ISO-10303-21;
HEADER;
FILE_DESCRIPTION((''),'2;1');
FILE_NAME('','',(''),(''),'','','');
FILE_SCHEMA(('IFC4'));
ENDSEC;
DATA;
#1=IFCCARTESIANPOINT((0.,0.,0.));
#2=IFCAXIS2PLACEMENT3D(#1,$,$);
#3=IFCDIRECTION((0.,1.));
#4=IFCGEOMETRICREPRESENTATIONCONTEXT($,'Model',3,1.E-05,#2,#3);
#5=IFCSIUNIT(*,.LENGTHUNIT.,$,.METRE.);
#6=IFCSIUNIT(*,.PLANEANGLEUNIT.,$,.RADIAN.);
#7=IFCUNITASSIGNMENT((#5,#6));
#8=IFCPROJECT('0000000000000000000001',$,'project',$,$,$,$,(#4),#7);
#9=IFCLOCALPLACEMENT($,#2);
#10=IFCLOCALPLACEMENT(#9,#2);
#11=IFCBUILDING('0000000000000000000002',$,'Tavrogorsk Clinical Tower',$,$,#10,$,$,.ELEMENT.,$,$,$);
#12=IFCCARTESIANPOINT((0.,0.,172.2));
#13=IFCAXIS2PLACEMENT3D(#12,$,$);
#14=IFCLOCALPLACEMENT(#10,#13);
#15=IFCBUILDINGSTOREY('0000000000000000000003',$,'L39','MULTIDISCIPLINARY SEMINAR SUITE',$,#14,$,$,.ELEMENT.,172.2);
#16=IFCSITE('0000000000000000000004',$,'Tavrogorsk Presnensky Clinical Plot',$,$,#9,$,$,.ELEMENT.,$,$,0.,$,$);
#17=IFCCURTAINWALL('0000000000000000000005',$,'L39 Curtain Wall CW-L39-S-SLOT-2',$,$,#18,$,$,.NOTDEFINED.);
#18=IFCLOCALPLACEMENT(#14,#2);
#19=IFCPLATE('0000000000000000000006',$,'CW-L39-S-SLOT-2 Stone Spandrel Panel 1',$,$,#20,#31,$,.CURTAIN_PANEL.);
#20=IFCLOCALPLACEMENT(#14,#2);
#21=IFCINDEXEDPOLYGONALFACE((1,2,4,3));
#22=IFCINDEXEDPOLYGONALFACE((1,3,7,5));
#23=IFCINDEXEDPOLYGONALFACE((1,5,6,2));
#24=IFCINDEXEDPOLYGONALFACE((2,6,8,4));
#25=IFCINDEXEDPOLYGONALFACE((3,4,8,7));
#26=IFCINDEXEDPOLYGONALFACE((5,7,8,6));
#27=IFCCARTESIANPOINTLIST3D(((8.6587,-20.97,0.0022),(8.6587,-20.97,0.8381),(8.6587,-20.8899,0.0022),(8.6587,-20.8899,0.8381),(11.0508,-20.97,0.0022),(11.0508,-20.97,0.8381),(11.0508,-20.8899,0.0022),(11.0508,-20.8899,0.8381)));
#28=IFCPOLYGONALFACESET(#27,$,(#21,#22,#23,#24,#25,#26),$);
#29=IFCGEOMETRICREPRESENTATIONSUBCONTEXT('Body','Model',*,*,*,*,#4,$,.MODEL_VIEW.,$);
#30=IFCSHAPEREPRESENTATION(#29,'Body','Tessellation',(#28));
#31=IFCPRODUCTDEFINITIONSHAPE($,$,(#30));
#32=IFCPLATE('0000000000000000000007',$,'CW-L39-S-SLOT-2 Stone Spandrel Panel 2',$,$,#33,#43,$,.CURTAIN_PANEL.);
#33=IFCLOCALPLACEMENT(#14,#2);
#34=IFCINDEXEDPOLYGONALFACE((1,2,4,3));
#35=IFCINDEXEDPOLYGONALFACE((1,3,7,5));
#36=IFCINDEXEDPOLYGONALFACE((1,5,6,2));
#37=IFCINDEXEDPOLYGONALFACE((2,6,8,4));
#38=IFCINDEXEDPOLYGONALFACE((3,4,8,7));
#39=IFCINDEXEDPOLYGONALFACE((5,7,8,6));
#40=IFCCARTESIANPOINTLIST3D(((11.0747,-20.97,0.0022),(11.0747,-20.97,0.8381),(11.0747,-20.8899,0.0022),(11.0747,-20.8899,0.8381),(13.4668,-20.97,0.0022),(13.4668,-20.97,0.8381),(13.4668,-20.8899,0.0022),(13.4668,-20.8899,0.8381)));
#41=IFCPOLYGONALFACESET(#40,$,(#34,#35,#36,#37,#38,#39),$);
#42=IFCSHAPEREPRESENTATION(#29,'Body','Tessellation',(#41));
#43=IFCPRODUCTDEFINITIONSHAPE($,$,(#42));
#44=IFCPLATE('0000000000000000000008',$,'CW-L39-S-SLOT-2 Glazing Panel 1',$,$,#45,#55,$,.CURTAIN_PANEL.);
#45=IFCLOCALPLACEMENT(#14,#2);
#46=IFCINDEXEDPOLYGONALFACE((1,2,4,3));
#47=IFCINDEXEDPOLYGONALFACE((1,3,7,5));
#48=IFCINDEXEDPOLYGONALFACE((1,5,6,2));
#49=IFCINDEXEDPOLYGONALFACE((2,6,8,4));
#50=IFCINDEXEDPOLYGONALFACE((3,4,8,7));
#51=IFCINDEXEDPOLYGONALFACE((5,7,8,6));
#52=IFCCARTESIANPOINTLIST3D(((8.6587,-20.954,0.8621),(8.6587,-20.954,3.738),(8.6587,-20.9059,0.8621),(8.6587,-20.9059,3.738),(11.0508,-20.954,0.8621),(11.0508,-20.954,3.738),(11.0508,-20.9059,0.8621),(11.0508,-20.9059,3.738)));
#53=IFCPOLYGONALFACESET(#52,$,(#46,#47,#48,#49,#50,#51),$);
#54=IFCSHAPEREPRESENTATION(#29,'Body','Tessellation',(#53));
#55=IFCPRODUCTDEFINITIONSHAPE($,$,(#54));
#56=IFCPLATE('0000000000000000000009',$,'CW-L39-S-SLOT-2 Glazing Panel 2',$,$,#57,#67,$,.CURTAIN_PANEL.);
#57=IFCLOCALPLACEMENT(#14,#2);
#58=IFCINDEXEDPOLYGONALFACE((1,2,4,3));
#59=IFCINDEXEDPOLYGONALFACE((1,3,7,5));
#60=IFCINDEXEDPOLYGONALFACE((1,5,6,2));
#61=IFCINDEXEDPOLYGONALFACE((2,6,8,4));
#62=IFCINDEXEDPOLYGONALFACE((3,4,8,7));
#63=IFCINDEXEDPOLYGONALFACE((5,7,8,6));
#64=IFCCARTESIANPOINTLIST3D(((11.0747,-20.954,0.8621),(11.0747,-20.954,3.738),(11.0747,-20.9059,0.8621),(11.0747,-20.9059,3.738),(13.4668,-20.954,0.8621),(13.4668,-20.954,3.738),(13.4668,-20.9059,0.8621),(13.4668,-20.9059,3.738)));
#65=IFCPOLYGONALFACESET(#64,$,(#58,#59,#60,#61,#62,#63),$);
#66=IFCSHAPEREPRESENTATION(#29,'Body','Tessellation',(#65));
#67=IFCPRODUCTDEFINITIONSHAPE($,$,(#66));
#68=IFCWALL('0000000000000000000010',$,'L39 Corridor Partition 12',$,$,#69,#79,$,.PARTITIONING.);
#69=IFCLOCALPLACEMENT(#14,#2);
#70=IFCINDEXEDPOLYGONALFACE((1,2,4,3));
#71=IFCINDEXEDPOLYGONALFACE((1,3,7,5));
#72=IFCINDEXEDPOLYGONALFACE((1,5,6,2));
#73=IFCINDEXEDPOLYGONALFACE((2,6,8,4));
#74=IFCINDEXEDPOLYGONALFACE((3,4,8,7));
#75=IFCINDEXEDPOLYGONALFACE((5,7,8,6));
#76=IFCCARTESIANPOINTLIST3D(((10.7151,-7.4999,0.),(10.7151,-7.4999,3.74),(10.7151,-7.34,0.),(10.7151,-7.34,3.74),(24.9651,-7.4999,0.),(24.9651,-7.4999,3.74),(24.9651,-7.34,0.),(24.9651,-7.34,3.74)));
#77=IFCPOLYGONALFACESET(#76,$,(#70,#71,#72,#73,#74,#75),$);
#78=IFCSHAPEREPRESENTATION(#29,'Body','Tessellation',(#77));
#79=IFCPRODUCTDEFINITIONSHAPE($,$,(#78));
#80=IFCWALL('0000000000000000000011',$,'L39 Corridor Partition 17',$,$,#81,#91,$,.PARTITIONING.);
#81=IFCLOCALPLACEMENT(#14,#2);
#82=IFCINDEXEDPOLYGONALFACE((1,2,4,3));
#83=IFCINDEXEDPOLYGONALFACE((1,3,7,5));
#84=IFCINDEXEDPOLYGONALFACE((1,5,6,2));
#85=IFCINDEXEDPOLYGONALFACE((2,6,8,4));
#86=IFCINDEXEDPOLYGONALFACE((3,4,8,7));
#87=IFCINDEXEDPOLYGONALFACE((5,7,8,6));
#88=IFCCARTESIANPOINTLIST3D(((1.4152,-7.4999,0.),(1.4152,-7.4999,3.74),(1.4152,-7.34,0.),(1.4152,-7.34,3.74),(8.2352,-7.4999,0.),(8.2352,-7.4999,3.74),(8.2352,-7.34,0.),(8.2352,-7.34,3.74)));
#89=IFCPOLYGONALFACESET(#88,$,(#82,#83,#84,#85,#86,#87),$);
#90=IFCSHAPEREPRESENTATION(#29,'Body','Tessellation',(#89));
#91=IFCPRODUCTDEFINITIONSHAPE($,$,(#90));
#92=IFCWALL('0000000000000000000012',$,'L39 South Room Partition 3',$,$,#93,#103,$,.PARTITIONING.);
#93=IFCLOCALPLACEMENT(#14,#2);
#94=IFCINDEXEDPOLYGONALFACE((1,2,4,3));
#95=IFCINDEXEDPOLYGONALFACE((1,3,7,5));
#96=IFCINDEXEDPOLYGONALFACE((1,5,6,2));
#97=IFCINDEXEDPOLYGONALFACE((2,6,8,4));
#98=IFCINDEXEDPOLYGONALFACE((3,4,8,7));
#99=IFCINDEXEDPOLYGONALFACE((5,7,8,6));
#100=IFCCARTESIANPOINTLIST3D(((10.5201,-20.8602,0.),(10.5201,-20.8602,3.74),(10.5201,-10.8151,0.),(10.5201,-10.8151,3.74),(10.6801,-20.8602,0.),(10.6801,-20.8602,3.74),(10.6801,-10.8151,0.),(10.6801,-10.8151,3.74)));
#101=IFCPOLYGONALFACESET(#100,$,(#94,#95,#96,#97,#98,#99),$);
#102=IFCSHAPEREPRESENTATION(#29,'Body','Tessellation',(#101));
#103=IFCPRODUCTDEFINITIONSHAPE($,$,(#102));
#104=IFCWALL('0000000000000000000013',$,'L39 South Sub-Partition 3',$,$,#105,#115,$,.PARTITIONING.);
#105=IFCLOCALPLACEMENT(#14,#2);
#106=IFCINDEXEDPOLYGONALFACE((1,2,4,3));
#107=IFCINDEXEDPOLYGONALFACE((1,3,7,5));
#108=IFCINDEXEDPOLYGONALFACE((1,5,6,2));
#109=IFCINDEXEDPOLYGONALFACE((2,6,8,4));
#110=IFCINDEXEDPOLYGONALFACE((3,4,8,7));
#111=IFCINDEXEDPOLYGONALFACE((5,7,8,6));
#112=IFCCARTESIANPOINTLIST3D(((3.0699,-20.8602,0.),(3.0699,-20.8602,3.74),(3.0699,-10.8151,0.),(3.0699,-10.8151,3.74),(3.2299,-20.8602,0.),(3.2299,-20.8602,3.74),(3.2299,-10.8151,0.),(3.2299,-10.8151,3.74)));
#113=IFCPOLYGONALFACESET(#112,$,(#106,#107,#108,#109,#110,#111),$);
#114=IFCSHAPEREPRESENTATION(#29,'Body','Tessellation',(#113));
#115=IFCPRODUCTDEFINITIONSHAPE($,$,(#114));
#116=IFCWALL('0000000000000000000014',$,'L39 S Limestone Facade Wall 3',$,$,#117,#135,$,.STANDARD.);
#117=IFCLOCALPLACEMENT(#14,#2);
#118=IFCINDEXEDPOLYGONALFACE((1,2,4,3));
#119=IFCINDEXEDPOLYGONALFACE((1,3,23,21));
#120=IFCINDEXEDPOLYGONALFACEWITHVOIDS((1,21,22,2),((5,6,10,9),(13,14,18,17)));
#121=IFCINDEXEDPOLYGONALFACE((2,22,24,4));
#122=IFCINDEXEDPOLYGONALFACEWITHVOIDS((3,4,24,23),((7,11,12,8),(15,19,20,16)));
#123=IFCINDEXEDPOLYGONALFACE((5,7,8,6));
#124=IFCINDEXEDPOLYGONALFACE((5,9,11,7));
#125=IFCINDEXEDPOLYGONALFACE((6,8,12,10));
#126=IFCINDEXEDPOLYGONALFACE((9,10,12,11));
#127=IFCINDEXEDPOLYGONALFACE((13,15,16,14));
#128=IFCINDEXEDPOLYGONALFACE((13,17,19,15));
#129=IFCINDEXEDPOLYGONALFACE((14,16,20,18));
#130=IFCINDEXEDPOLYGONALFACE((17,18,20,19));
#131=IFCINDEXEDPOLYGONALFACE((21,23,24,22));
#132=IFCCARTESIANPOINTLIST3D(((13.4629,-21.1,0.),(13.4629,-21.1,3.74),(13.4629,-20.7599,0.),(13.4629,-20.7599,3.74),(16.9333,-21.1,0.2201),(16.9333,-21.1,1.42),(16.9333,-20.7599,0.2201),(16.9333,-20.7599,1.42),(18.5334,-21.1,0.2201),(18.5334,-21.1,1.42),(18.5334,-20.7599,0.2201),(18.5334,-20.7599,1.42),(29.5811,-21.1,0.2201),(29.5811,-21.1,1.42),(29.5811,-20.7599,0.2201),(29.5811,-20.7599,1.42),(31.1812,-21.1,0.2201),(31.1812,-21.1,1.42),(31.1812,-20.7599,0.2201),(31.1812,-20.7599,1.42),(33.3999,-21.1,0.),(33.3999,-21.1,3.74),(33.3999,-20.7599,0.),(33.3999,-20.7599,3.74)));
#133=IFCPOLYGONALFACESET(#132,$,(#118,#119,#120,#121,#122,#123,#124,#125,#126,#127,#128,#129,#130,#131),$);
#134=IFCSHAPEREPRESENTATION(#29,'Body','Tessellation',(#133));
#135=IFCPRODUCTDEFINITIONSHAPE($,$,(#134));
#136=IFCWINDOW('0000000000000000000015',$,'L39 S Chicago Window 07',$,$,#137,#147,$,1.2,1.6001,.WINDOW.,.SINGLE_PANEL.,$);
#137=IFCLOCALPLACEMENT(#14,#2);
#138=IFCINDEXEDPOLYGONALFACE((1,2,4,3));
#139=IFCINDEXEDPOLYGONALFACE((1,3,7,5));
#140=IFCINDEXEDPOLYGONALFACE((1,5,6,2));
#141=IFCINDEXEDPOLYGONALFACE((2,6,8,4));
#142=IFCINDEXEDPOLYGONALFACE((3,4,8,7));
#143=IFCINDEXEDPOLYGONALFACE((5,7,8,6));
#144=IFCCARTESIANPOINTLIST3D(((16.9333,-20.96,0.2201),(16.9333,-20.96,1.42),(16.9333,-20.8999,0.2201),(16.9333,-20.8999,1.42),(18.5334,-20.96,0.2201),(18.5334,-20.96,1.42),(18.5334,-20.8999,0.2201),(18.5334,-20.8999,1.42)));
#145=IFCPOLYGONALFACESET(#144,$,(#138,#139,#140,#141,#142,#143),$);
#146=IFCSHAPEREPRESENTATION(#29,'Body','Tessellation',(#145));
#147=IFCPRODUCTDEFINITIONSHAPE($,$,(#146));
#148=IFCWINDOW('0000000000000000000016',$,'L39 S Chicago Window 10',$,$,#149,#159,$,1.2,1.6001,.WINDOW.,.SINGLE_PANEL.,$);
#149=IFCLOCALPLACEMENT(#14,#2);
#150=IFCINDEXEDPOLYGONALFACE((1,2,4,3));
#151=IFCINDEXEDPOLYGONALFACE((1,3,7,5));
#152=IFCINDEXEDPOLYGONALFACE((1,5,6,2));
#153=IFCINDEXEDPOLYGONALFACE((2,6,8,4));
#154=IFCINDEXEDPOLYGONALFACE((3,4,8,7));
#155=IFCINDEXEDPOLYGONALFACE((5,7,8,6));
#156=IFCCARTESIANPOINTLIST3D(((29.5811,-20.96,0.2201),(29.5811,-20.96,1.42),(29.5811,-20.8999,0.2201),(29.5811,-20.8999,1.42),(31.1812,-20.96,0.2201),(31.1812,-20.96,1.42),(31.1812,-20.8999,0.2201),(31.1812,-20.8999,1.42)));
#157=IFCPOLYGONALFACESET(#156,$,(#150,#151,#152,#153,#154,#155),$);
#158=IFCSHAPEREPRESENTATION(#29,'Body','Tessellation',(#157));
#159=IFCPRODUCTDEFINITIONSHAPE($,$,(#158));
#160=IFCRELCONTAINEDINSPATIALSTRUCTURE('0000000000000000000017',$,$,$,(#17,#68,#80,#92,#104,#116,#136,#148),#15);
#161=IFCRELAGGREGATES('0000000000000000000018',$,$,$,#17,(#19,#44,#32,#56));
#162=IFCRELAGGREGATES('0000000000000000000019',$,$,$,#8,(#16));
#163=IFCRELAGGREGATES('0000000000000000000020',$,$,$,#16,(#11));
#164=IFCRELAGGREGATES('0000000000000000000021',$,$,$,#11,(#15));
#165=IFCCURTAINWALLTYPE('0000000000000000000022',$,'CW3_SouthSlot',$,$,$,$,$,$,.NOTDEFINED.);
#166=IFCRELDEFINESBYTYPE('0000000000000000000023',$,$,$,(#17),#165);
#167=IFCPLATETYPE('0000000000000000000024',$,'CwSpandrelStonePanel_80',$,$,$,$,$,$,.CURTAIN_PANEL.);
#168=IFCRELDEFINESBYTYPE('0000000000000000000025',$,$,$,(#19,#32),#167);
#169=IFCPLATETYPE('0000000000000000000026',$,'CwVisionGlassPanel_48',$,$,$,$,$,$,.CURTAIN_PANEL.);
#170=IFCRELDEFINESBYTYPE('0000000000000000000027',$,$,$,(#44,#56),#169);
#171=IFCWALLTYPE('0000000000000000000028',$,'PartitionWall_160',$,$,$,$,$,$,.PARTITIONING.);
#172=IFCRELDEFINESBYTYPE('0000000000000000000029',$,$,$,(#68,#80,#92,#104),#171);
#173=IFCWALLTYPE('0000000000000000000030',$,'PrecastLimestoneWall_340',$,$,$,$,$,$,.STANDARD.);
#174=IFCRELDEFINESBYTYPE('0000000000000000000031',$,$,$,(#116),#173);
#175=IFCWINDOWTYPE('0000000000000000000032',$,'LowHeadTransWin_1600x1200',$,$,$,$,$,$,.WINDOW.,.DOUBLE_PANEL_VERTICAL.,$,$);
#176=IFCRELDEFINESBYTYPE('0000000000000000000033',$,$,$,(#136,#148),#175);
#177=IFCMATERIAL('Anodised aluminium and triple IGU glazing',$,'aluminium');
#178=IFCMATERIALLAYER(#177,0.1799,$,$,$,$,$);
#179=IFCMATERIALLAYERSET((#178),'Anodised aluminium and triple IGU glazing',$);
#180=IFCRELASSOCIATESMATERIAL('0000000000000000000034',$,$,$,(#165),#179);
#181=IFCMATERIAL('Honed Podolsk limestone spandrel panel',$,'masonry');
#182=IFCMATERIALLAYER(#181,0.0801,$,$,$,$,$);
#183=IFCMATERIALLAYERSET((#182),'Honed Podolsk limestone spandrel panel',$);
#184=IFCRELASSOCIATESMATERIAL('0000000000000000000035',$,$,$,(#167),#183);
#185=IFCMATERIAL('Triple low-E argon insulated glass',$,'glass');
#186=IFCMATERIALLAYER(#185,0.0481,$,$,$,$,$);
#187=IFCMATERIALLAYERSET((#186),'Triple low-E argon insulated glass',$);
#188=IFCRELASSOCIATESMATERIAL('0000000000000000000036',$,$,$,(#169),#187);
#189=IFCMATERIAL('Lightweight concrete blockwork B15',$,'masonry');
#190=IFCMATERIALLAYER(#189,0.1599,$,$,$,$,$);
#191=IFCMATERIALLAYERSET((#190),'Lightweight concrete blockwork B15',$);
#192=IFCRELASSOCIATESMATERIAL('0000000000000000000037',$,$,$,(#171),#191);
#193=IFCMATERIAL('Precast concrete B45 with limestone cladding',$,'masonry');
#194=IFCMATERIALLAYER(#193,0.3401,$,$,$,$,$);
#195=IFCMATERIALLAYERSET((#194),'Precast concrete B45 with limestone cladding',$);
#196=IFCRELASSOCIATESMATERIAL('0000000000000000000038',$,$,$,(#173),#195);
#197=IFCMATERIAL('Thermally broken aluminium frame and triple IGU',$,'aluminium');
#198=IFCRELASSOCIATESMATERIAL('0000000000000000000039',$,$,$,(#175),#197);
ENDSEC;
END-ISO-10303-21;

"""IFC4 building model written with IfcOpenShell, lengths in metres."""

from ifc_helpers import new_model, si_unit, direction, frame, frame_2d, origin, origin_2d, place, context, subcontext, project, spatial, rectangle, extrude, material, layer, layer_set, type_object, element, fill, aggregate, save


model = new_model("IFC4")

# Units and contexts
model_context = context("Model", 3, precision=1e-05, world=origin(), true_north=direction((0.0, 1.0)))
body_context = subcontext(model_context, "Body", "Model", "MODEL_VIEW")
ifc_project = project(units=[si_unit("LENGTHUNIT", "METRE"), si_unit("PLANEANGLEUNIT", "RADIAN")], contexts=[model_context])

# Site, building, storey
site_placement = place(None, origin())
site = spatial("IfcSite", under=ifc_project, at=site_placement, Name="Tavrogorsk Presnensky Clinical Plot", CompositionType="ELEMENT", RefElevation=0.0)
building_placement = place(site_placement, origin())
building = spatial("IfcBuilding", under=site, at=building_placement, Name="Tavrogorsk Clinical Tower", CompositionType="ELEMENT")
storey_placement = place(building_placement, frame((0.0, 0.0, 172.2)))
storey = spatial("IfcBuildingStorey", under=building, at=storey_placement, Name="L39", Description="MULTIDISCIPLINARY SEMINAR SUITE", CompositionType="ELEMENT", Elevation=172.2)

# Curtain wall
ifc_material_1 = material(Name="Anodised aluminium and triple IGU glazing", Category="aluminium")
ifc_layer_1 = layer(ifc_material_1, 0.1799)
ifc_layer_set_1 = layer_set([ifc_layer_1], Name="Anodised aluminium and triple IGU glazing")
curtain_wall_type = type_object("IfcCurtainWallType", Name="CW3_SouthSlot", PredefinedType="NOTDEFINED", material=ifc_layer_set_1)
curtain_wall_placement = place(storey_placement, origin())
curtain_wall = element("IfcCurtainWall", 1, at=curtain_wall_placement, inside=storey, type_object=curtain_wall_type, Name="L39 Curtain Wall CW-L39-S-SLOT-2", PredefinedType="NOTDEFINED")

# Plates
ifc_material_2 = material(Name="Honed Podolsk limestone spandrel panel", Category="masonry")
ifc_layer_2 = layer(ifc_material_2, 0.0801)
ifc_layer_set_2 = layer_set([ifc_layer_2], Name="Honed Podolsk limestone spandrel panel")
plate_type_1 = type_object("IfcPlateType", Name="CwSpandrelStonePanel_80", PredefinedType="CURTAIN_PANEL", material=ifc_layer_set_2)
plate_1_placement = place(storey_placement, frame((9.8547, -20.9299, 0.0022), z_axis=(0.0, 0.0, 1.0), x_axis=(1.0, 0.0, 0.0)))
plate_1 = element("IfcPlate", 2, at=plate_1_placement, type_object=plate_type_1, Name="CW-L39-S-SLOT-2 Stone Spandrel Panel 1", PredefinedType="CURTAIN_PANEL", context=body_context, shape_type="SweptSolid", body=[
    extrude(rectangle(XDim=2.3921, YDim=0.0801, at=origin_2d()), origin(), (0.0, 0.0, 1.0), 0.8359),
])
plate_2_placement = place(storey_placement, frame((12.2708, -20.9299, 0.0022), z_axis=(0.0, 0.0, 1.0), x_axis=(1.0, 0.0, 0.0)))
plate_2 = element("IfcPlate", 3, at=plate_2_placement, type_object=plate_type_1, Name="CW-L39-S-SLOT-2 Stone Spandrel Panel 2", PredefinedType="CURTAIN_PANEL", context=body_context, shape_type="SweptSolid", body=[
    extrude(rectangle(XDim=2.3921, YDim=0.0801, at=origin_2d()), origin(), (0.0, 0.0, 1.0), 0.8359),
])
ifc_material_3 = material(Name="Triple low-E argon insulated glass", Category="glass")
ifc_layer_3 = layer(ifc_material_3, 0.0481)
ifc_layer_set_3 = layer_set([ifc_layer_3], Name="Triple low-E argon insulated glass")
plate_type_2 = type_object("IfcPlateType", Name="CwVisionGlassPanel_48", PredefinedType="CURTAIN_PANEL", material=ifc_layer_set_3)
plate_3_placement = place(storey_placement, frame((9.8547, -20.9299, 0.8621), z_axis=(0.0, 0.0, 1.0), x_axis=(1.0, 0.0, 0.0)))
plate_3 = element("IfcPlate", 4, at=plate_3_placement, type_object=plate_type_2, Name="CW-L39-S-SLOT-2 Glazing Panel 1", PredefinedType="CURTAIN_PANEL", context=body_context, shape_type="SweptSolid", body=[
    extrude(rectangle(XDim=2.3921, YDim=0.0481, at=origin_2d()), origin(), (0.0, 0.0, 1.0), 2.876),
])
plate_4_placement = place(storey_placement, frame((12.2708, -20.9299, 0.8621), z_axis=(0.0, 0.0, 1.0), x_axis=(1.0, 0.0, 0.0)))
plate_4 = element("IfcPlate", 5, at=plate_4_placement, type_object=plate_type_2, Name="CW-L39-S-SLOT-2 Glazing Panel 2", PredefinedType="CURTAIN_PANEL", context=body_context, shape_type="SweptSolid", body=[
    extrude(rectangle(XDim=2.3921, YDim=0.0481, at=origin_2d()), origin(), (0.0, 0.0, 1.0), 2.876),
])
aggregate(curtain_wall, [plate_1, plate_3, plate_2, plate_4])

# Walls
ifc_material_4 = material(Name="Lightweight concrete blockwork B15", Category="masonry")
ifc_layer_4 = layer(ifc_material_4, 0.1599)
ifc_layer_set_4 = layer_set([ifc_layer_4], Name="Lightweight concrete blockwork B15")
wall_type_1 = type_object("IfcWallType", Name="PartitionWall_160", PredefinedType="PARTITIONING", material=ifc_layer_set_4)
wall_1_placement = place(storey_placement, frame((10.7151, -7.4199, 0.0), z_axis=(0.0, 0.0, 1.0), x_axis=(1.0, 0.0, 0.0)))
element("IfcWall", 6, at=wall_1_placement, inside=storey, type_object=wall_type_1, Name="L39 Corridor Partition 12", PredefinedType="PARTITIONING", context=body_context, shape_type="SweptSolid", body=[
    extrude(rectangle(XDim=14.25, YDim=0.1599, at=frame_2d((7.125, 0.0))), origin(), (0.0, 0.0, 1.0), 3.74),
])
wall_2_placement = place(storey_placement, frame((1.415, -7.4199, 0.0), z_axis=(0.0, 0.0, 1.0), x_axis=(1.0, 0.0, 0.0)))
element("IfcWall", 7, at=wall_2_placement, inside=storey, type_object=wall_type_1, Name="L39 Corridor Partition 17", PredefinedType="PARTITIONING", context=body_context, shape_type="SweptSolid", body=[
    extrude(rectangle(XDim=6.8201, YDim=0.1599, at=frame_2d((3.4102, 0.0))), origin(), (0.0, 0.0, 1.0), 3.74),
])
for number, where, z_axis, x_axis, name in (
    (8, (10.6001, -20.8601, 0.0), (0.0, 0.0, 1.0), (0.0, 1.0, 0.0), "L39 South Room Partition 3"),
    (9, (3.1499, -20.8601, 0.0), (0.0, 0.0, 1.0), (0.0, 1.0, 0.0), "L39 South Sub-Partition 3"),
):
    element("IfcWall", number, at=place(storey_placement, frame(where, z_axis=z_axis, x_axis=x_axis)), inside=storey, type_object=wall_type_1, Name=name, PredefinedType="PARTITIONING", context=body_context, shape_type="SweptSolid", body=[
        extrude(rectangle(XDim=10.0452, YDim=0.1599, at=frame_2d((5.0225, 0.0))), origin(), (0.0, 0.0, 1.0), 3.74),
    ])

# Wall, openings, windows
ifc_material_5 = material(Name="Precast concrete B45 with limestone cladding", Category="masonry")
ifc_layer_5 = layer(ifc_material_5, 0.3401)
ifc_layer_set_5 = layer_set([ifc_layer_5], Name="Precast concrete B45 with limestone cladding")
wall_type_2 = type_object("IfcWallType", Name="PrecastLimestoneWall_340", PredefinedType="STANDARD", material=ifc_layer_set_5)
wall_3_placement = place(storey_placement, frame((13.4629, -20.9299, 0.0), z_axis=(0.0, 0.0, 1.0), x_axis=(1.0, 0.0, 0.0)))
wall_3 = element("IfcWall", 10, at=wall_3_placement, inside=storey, type_object=wall_type_2, Name="L39 S Limestone Facade Wall 3", PredefinedType="STANDARD", context=body_context, shape_type="SweptSolid", body=[
    extrude(rectangle(XDim=19.937, YDim=0.3401, at=frame_2d((9.9685, 0.0))), origin(), (0.0, 0.0, 1.0), 3.74),
])
opening_1_placement = place(wall_3_placement, frame((3.4705, 0.0, 0.22)))
opening_1 = element("IfcOpeningElement", 11, at=opening_1_placement, cuts=wall_3, PredefinedType="OPENING", context=body_context, shape_type="SweptSolid", body=[
    extrude(rectangle(XDim=1.6001, YDim=1.2, at=frame_2d((0.8, 0.6001))), frame((0.0, 0.1799, 0.0), z_axis=(0.0, -1.0, 0.0), x_axis=(1.0, 0.0, 0.0)), (0.0, 0.0, 1.0), 0.3601),
])
opening_2_placement = place(wall_3_placement, frame((16.1182, 0.0, 0.22)))
opening_2 = element("IfcOpeningElement", 12, at=opening_2_placement, cuts=wall_3, PredefinedType="OPENING", context=body_context, shape_type="SweptSolid", body=[
    extrude(rectangle(XDim=1.6001, YDim=1.2, at=frame_2d((0.8, 0.6001))), frame((0.0, 0.1799, 0.0), z_axis=(0.0, -1.0, 0.0), x_axis=(1.0, 0.0, 0.0)), (0.0, 0.0, 1.0), 0.3601),
])
ifc_material_6 = material(Name="Thermally broken aluminium frame and triple IGU", Category="aluminium")
window_type = type_object("IfcWindowType", Name="LowHeadTransWin_1600x1200", PartitioningType="DOUBLE_PANEL_VERTICAL", PredefinedType="WINDOW", material=ifc_material_6)
window_1_placement = place(opening_1_placement, origin())
window_1 = element("IfcWindow", 13, at=window_1_placement, inside=storey, type_object=window_type, Name="L39 S Chicago Window 07", OverallHeight=1.2, OverallWidth=1.6001, PartitioningType="SINGLE_PANEL", PredefinedType="WINDOW", context=body_context, shape_type="SweptSolid", body=[
    extrude(rectangle(XDim=1.6001, YDim=1.2, at=frame_2d((0.8, 0.6001))), frame((0.0, 0.03, 0.0), z_axis=(0.0, -1.0, 0.0), x_axis=(1.0, 0.0, 0.0)), (0.0, 0.0, 1.0), 0.0601),
])
fill(opening_1, window_1)
window_2_placement = place(opening_2_placement, origin())
window_2 = element("IfcWindow", 14, at=window_2_placement, inside=storey, type_object=window_type, Name="L39 S Chicago Window 10", OverallHeight=1.2, OverallWidth=1.6001, PartitioningType="SINGLE_PANEL", PredefinedType="WINDOW", context=body_context, shape_type="SweptSolid", body=[
    extrude(rectangle(XDim=1.6001, YDim=1.2, at=frame_2d((0.8, 0.6001))), frame((0.0, 0.03, 0.0), z_axis=(0.0, -1.0, 0.0), x_axis=(1.0, 0.0, 0.0)), (0.0, 0.0, 1.0), 0.0601),
])
fill(opening_2, window_2)

save(model, "model.ifc")
